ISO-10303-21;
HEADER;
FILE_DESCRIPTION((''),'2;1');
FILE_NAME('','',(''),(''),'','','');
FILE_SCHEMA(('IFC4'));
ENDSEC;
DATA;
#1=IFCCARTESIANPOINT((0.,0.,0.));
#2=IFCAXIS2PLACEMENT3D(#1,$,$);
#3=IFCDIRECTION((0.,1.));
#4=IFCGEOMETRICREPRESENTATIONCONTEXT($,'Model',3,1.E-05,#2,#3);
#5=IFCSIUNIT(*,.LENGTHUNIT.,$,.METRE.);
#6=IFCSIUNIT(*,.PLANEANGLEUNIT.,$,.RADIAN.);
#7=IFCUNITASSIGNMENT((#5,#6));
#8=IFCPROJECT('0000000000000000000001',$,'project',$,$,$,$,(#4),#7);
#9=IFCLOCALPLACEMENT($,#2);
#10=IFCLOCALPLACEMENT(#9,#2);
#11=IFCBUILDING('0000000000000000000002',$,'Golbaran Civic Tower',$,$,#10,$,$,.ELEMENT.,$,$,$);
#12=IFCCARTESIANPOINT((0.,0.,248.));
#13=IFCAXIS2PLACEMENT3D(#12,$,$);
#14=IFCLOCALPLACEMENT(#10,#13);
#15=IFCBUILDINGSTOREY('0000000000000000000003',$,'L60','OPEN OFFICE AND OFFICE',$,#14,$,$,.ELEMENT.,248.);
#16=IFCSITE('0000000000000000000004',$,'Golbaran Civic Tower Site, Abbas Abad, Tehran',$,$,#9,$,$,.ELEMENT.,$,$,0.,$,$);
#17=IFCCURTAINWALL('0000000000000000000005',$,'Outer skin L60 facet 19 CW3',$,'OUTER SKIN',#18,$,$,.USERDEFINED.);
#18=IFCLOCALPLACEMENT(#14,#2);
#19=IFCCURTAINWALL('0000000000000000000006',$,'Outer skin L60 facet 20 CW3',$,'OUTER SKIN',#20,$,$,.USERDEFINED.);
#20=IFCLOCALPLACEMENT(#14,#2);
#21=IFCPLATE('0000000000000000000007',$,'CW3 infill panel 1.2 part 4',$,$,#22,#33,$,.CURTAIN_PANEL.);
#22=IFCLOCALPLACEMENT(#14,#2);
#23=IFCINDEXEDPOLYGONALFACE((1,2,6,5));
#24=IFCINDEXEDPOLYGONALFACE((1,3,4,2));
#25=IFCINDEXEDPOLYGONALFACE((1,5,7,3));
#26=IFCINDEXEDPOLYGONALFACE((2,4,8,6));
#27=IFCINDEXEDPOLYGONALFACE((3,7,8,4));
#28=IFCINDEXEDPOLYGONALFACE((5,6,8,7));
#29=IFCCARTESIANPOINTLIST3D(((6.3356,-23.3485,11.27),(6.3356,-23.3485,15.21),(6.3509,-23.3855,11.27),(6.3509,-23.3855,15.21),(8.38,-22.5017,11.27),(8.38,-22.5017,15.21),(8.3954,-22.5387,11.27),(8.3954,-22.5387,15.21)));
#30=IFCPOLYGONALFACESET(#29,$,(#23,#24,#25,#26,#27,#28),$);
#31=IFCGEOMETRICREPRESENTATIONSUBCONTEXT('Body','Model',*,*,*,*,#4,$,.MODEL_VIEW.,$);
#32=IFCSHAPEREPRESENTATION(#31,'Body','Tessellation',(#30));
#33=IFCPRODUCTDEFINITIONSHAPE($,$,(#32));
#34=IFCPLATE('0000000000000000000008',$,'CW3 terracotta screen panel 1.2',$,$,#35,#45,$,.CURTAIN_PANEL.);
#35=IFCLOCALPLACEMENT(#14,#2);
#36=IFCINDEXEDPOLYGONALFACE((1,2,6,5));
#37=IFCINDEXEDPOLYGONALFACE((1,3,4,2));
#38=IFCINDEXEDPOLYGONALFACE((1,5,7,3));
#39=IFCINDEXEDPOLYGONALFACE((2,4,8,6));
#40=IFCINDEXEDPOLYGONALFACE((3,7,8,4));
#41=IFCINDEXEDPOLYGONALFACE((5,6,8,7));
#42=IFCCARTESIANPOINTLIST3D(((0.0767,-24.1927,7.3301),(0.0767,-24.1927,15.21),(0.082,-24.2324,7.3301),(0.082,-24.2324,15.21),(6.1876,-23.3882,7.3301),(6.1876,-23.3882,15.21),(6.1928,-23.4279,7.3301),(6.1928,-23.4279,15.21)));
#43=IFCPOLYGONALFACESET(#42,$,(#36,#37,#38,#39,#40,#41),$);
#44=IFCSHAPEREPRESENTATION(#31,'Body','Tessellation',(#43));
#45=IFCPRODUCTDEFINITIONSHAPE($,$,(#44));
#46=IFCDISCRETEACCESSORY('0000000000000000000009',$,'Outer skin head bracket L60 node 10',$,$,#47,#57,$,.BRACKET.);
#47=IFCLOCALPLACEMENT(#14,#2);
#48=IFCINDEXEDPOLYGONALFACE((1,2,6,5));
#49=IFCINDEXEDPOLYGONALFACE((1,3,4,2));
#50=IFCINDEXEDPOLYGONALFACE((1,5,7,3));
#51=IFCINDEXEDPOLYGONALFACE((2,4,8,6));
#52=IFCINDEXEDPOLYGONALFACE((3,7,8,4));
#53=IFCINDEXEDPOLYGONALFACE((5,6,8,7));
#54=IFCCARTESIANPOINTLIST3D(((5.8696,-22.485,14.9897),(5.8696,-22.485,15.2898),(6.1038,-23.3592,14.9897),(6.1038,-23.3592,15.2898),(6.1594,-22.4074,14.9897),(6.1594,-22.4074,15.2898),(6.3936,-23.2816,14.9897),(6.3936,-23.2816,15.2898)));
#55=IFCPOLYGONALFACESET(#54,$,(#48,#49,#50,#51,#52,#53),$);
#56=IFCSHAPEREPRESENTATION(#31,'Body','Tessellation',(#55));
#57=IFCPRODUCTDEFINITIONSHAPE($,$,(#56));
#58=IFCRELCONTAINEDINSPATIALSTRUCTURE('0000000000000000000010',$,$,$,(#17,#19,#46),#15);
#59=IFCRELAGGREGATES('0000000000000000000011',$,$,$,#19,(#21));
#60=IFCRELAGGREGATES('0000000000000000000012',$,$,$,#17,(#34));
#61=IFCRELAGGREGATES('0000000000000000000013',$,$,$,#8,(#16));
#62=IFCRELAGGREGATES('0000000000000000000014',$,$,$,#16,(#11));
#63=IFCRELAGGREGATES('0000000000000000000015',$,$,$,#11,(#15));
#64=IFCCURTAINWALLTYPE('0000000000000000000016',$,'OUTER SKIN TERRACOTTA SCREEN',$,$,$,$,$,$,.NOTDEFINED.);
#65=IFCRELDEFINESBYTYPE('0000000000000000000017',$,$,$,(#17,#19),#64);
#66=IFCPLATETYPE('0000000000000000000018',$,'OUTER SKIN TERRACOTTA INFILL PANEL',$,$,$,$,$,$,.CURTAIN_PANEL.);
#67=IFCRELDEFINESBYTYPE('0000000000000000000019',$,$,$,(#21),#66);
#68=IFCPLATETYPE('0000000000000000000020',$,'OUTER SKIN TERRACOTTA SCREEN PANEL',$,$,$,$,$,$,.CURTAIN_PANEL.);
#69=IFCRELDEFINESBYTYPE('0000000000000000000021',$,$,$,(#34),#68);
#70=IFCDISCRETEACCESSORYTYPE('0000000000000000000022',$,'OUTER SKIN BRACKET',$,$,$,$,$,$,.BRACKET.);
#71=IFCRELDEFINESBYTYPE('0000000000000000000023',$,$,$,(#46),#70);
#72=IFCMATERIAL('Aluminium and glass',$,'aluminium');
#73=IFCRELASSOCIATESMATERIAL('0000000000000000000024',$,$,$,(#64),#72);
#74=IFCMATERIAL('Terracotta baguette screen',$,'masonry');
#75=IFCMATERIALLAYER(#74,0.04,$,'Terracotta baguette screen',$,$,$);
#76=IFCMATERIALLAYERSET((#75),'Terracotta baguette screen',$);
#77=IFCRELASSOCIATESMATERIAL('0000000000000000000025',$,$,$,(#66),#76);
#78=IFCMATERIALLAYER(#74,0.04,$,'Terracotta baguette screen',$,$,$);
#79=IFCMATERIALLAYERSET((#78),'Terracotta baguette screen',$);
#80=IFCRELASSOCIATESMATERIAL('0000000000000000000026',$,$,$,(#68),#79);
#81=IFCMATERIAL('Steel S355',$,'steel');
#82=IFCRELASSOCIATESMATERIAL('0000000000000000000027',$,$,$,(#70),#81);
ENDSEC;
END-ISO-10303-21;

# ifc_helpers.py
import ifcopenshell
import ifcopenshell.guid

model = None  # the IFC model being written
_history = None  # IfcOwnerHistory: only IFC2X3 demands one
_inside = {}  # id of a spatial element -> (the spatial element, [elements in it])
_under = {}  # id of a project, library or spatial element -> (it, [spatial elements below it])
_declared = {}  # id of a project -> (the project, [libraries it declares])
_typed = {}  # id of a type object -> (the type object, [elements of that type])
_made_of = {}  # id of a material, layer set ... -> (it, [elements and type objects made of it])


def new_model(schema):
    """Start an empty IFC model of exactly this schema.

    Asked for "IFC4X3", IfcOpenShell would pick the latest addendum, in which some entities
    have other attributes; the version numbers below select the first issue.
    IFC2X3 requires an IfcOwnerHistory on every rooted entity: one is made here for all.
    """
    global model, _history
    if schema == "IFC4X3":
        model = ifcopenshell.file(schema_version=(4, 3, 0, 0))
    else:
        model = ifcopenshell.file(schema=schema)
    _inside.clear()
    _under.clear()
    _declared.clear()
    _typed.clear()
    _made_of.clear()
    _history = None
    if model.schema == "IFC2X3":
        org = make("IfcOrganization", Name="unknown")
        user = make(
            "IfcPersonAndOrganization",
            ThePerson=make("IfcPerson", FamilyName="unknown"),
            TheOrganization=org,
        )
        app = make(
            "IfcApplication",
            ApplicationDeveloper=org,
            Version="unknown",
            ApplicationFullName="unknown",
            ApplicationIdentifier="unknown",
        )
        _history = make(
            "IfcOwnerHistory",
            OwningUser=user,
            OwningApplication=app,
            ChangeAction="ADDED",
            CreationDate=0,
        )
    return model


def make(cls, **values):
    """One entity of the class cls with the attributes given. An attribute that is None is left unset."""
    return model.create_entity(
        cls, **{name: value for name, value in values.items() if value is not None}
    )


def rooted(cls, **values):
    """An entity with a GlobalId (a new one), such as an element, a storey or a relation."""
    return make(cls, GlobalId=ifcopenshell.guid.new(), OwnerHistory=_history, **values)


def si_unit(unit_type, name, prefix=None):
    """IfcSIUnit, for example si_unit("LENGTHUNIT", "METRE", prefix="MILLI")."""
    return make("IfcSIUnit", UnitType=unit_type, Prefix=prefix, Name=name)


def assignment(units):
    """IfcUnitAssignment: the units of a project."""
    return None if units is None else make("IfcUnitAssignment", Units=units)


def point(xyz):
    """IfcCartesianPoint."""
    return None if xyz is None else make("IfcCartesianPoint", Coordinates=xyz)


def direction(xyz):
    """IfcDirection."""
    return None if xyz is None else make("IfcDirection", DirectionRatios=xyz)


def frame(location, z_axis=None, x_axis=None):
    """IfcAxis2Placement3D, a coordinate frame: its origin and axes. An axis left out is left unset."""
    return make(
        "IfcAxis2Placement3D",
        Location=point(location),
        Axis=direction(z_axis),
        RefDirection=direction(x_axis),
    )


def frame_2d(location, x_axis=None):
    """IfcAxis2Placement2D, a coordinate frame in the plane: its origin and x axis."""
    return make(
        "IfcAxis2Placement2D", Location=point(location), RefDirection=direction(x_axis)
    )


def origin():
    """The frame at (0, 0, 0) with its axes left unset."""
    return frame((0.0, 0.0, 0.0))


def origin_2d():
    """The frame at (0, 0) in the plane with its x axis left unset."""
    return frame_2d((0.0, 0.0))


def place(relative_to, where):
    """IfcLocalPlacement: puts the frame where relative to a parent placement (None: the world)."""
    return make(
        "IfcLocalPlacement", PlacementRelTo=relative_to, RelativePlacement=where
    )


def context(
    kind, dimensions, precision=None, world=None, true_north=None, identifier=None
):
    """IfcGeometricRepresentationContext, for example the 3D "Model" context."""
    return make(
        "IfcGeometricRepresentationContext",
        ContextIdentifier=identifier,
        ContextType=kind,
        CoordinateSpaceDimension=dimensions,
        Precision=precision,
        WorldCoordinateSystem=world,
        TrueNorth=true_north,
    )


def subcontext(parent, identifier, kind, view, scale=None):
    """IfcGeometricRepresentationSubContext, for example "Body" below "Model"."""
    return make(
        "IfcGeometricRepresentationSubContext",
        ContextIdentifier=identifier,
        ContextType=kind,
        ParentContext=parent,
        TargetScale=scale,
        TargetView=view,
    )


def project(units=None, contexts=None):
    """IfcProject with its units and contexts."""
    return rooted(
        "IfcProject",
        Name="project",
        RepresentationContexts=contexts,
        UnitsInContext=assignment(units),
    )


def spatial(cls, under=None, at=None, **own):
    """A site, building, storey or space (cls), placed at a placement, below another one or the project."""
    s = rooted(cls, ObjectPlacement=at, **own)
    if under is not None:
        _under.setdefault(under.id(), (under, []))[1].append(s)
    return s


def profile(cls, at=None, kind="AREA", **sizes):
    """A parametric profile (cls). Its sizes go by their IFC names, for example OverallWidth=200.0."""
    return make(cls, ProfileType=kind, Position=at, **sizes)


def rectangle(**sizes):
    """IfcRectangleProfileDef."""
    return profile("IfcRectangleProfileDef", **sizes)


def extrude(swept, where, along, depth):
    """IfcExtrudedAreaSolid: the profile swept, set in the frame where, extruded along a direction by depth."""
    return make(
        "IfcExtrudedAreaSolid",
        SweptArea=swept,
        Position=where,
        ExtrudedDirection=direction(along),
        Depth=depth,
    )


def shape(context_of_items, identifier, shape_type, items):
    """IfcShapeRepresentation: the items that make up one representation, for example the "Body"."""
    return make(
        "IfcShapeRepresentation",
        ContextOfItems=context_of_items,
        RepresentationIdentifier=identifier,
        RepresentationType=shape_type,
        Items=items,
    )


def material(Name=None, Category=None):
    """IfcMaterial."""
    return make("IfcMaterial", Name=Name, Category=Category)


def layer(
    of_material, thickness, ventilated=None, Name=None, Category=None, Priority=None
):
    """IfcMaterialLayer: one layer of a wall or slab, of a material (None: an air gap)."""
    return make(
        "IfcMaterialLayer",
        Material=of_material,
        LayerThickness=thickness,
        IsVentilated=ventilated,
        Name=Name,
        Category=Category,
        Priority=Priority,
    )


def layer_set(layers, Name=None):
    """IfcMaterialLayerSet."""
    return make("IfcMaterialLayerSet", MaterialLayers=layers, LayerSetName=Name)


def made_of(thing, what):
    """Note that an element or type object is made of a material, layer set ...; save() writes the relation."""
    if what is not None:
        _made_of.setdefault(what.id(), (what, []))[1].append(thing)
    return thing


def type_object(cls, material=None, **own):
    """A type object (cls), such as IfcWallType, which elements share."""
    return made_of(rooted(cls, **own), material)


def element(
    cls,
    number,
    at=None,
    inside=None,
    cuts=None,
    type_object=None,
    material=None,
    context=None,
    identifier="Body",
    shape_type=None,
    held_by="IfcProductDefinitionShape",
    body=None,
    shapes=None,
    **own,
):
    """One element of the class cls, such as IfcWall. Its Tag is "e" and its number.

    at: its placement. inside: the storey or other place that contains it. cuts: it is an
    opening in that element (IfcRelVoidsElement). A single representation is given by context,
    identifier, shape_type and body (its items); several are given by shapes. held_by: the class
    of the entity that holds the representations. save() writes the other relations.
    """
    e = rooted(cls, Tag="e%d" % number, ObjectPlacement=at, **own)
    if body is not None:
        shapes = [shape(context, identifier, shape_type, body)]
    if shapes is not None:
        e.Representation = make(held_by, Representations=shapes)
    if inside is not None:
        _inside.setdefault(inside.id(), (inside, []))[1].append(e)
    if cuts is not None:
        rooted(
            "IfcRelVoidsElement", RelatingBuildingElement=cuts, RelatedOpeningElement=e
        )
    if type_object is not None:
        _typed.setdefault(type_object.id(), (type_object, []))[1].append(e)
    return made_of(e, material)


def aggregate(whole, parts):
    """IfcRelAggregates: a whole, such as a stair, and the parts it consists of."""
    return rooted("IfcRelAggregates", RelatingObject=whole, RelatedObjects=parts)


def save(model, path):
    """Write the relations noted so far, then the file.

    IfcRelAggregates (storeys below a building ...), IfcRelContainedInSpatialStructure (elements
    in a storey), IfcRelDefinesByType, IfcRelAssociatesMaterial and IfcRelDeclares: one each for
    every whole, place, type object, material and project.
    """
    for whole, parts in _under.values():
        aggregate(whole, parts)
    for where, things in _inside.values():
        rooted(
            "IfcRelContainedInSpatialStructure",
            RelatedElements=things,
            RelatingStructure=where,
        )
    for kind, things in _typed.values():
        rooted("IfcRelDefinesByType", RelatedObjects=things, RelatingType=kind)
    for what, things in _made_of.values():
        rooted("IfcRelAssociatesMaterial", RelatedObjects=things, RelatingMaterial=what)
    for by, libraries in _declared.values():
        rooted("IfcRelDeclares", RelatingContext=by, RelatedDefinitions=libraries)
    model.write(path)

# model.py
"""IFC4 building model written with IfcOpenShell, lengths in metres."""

from ifc_helpers import new_model, si_unit, direction, frame, origin, origin_2d, place, context, subcontext, project, spatial, rectangle, extrude, material, layer, layer_set, type_object, element, aggregate, save


model = new_model("IFC4")

# Units and contexts
model_context = context("Model", 3, precision=1e-05, world=origin(), true_north=direction((0.0, 1.0)))
body_context = subcontext(model_context, "Body", "Model", "MODEL_VIEW")
ifc_project = project(units=[si_unit("LENGTHUNIT", "METRE"), si_unit("PLANEANGLEUNIT", "RADIAN")], contexts=[model_context])

# Site, building, storey
site_placement = place(None, origin())
site = spatial("IfcSite", under=ifc_project, at=site_placement, Name="Golbaran Civic Tower Site, Abbas Abad, Tehran", CompositionType="ELEMENT", RefElevation=0.0)
building_placement = place(site_placement, origin())
building = spatial("IfcBuilding", under=site, at=building_placement, Name="Golbaran Civic Tower", CompositionType="ELEMENT")
storey_placement = place(building_placement, frame((0.0, 0.0, 248.0)))
storey = spatial("IfcBuildingStorey", under=building, at=storey_placement, Name="L60", Description="OPEN OFFICE AND OFFICE", CompositionType="ELEMENT", Elevation=248.0)

# Curtain walls
ifc_material_1 = material(Name="Aluminium and glass", Category="aluminium")
curtain_wall_type_1 = type_object("IfcCurtainWallType", Name="OUTER SKIN TERRACOTTA SCREEN", PredefinedType="NOTDEFINED", material=ifc_material_1)
curtain_wall_1_placement = place(storey_placement, origin())
curtain_wall_1 = element("IfcCurtainWall", 1, at=curtain_wall_1_placement, inside=storey, type_object=curtain_wall_type_1, Name="Outer skin L60 facet 19 CW3", ObjectType="OUTER SKIN", PredefinedType="USERDEFINED")
curtain_wall_2_placement = place(storey_placement, origin())
curtain_wall_2 = element("IfcCurtainWall", 2, at=curtain_wall_2_placement, inside=storey, type_object=curtain_wall_type_1, Name="Outer skin L60 facet 20 CW3", ObjectType="OUTER SKIN", PredefinedType="USERDEFINED")

# Plates
ifc_material_2 = material(Name="Terracotta baguette screen", Category="masonry")
ifc_layer_1 = layer(ifc_material_2, 0.04, Name="Terracotta baguette screen")
ifc_layer_set_1 = layer_set([ifc_layer_1], Name="Terracotta baguette screen")
plate_type_1 = type_object("IfcPlateType", Name="OUTER SKIN TERRACOTTA INFILL PANEL", PredefinedType="CURTAIN_PANEL", material=ifc_layer_set_1)
plate_1_placement = place(storey_placement, frame((7.3655, -22.9436, 11.27), z_axis=(0.0, 0.0, 1.0), x_axis=(0.92388, 0.382683, 0.0)))
plate_1 = element("IfcPlate", 3, at=plate_1_placement, type_object=plate_type_1, Name="CW3 infill panel 1.2 part 4", PredefinedType="CURTAIN_PANEL", context=body_context, shape_type="SweptSolid", body=[
    extrude(rectangle(XDim=2.2129, YDim=0.04, at=origin_2d()), origin(), (0.0, 0.0, 1.0), 3.9399),
])
aggregate(curtain_wall_2, [plate_1])
ifc_layer_2 = layer(ifc_material_2, 0.04, Name="Terracotta baguette screen")
ifc_layer_set_2 = layer_set([ifc_layer_2], Name="Terracotta baguette screen")
plate_type_2 = type_object("IfcPlateType", Name="OUTER SKIN TERRACOTTA SCREEN PANEL", PredefinedType="CURTAIN_PANEL", material=ifc_layer_set_2)
plate_2_placement = place(storey_placement, frame((3.1348, -23.8103, 7.3301), z_axis=(0.0, 0.0, 1.0), x_axis=(0.991445, 0.130526, 0.0)))
plate_2 = element("IfcPlate", 4, at=plate_2_placement, type_object=plate_type_2, Name="CW3 terracotta screen panel 1.2", PredefinedType="CURTAIN_PANEL", context=body_context, shape_type="SweptSolid", body=[
    extrude(rectangle(XDim=6.1636, YDim=0.04, at=origin_2d()), origin(), (0.0, 0.0, 1.0), 7.8799),
])
aggregate(curtain_wall_1, [plate_2])

# Discrete accessory
ifc_material_3 = material(Name="Steel S355", Category="steel")
discrete_accessory_type = type_object("IfcDiscreteAccessoryType", Name="OUTER SKIN BRACKET", PredefinedType="BRACKET", material=ifc_material_3)
discrete_accessory_placement = place(storey_placement, frame((6.1316, -22.8833, 14.9897), z_axis=(0.0, 0.0, 1.0), x_axis=(0.258819, -0.965926, 0.0)))
element("IfcDiscreteAccessory", 5, at=discrete_accessory_placement, inside=storey, type_object=discrete_accessory_type, Name="Outer skin head bracket L60 node 10", PredefinedType="BRACKET", context=body_context, shape_type="SweptSolid", body=[
    extrude(rectangle(XDim=0.905, YDim=0.3, at=origin_2d()), origin(), (0.0, 0.0, 1.0), 0.3),
])

save(model, "model.ifc")
